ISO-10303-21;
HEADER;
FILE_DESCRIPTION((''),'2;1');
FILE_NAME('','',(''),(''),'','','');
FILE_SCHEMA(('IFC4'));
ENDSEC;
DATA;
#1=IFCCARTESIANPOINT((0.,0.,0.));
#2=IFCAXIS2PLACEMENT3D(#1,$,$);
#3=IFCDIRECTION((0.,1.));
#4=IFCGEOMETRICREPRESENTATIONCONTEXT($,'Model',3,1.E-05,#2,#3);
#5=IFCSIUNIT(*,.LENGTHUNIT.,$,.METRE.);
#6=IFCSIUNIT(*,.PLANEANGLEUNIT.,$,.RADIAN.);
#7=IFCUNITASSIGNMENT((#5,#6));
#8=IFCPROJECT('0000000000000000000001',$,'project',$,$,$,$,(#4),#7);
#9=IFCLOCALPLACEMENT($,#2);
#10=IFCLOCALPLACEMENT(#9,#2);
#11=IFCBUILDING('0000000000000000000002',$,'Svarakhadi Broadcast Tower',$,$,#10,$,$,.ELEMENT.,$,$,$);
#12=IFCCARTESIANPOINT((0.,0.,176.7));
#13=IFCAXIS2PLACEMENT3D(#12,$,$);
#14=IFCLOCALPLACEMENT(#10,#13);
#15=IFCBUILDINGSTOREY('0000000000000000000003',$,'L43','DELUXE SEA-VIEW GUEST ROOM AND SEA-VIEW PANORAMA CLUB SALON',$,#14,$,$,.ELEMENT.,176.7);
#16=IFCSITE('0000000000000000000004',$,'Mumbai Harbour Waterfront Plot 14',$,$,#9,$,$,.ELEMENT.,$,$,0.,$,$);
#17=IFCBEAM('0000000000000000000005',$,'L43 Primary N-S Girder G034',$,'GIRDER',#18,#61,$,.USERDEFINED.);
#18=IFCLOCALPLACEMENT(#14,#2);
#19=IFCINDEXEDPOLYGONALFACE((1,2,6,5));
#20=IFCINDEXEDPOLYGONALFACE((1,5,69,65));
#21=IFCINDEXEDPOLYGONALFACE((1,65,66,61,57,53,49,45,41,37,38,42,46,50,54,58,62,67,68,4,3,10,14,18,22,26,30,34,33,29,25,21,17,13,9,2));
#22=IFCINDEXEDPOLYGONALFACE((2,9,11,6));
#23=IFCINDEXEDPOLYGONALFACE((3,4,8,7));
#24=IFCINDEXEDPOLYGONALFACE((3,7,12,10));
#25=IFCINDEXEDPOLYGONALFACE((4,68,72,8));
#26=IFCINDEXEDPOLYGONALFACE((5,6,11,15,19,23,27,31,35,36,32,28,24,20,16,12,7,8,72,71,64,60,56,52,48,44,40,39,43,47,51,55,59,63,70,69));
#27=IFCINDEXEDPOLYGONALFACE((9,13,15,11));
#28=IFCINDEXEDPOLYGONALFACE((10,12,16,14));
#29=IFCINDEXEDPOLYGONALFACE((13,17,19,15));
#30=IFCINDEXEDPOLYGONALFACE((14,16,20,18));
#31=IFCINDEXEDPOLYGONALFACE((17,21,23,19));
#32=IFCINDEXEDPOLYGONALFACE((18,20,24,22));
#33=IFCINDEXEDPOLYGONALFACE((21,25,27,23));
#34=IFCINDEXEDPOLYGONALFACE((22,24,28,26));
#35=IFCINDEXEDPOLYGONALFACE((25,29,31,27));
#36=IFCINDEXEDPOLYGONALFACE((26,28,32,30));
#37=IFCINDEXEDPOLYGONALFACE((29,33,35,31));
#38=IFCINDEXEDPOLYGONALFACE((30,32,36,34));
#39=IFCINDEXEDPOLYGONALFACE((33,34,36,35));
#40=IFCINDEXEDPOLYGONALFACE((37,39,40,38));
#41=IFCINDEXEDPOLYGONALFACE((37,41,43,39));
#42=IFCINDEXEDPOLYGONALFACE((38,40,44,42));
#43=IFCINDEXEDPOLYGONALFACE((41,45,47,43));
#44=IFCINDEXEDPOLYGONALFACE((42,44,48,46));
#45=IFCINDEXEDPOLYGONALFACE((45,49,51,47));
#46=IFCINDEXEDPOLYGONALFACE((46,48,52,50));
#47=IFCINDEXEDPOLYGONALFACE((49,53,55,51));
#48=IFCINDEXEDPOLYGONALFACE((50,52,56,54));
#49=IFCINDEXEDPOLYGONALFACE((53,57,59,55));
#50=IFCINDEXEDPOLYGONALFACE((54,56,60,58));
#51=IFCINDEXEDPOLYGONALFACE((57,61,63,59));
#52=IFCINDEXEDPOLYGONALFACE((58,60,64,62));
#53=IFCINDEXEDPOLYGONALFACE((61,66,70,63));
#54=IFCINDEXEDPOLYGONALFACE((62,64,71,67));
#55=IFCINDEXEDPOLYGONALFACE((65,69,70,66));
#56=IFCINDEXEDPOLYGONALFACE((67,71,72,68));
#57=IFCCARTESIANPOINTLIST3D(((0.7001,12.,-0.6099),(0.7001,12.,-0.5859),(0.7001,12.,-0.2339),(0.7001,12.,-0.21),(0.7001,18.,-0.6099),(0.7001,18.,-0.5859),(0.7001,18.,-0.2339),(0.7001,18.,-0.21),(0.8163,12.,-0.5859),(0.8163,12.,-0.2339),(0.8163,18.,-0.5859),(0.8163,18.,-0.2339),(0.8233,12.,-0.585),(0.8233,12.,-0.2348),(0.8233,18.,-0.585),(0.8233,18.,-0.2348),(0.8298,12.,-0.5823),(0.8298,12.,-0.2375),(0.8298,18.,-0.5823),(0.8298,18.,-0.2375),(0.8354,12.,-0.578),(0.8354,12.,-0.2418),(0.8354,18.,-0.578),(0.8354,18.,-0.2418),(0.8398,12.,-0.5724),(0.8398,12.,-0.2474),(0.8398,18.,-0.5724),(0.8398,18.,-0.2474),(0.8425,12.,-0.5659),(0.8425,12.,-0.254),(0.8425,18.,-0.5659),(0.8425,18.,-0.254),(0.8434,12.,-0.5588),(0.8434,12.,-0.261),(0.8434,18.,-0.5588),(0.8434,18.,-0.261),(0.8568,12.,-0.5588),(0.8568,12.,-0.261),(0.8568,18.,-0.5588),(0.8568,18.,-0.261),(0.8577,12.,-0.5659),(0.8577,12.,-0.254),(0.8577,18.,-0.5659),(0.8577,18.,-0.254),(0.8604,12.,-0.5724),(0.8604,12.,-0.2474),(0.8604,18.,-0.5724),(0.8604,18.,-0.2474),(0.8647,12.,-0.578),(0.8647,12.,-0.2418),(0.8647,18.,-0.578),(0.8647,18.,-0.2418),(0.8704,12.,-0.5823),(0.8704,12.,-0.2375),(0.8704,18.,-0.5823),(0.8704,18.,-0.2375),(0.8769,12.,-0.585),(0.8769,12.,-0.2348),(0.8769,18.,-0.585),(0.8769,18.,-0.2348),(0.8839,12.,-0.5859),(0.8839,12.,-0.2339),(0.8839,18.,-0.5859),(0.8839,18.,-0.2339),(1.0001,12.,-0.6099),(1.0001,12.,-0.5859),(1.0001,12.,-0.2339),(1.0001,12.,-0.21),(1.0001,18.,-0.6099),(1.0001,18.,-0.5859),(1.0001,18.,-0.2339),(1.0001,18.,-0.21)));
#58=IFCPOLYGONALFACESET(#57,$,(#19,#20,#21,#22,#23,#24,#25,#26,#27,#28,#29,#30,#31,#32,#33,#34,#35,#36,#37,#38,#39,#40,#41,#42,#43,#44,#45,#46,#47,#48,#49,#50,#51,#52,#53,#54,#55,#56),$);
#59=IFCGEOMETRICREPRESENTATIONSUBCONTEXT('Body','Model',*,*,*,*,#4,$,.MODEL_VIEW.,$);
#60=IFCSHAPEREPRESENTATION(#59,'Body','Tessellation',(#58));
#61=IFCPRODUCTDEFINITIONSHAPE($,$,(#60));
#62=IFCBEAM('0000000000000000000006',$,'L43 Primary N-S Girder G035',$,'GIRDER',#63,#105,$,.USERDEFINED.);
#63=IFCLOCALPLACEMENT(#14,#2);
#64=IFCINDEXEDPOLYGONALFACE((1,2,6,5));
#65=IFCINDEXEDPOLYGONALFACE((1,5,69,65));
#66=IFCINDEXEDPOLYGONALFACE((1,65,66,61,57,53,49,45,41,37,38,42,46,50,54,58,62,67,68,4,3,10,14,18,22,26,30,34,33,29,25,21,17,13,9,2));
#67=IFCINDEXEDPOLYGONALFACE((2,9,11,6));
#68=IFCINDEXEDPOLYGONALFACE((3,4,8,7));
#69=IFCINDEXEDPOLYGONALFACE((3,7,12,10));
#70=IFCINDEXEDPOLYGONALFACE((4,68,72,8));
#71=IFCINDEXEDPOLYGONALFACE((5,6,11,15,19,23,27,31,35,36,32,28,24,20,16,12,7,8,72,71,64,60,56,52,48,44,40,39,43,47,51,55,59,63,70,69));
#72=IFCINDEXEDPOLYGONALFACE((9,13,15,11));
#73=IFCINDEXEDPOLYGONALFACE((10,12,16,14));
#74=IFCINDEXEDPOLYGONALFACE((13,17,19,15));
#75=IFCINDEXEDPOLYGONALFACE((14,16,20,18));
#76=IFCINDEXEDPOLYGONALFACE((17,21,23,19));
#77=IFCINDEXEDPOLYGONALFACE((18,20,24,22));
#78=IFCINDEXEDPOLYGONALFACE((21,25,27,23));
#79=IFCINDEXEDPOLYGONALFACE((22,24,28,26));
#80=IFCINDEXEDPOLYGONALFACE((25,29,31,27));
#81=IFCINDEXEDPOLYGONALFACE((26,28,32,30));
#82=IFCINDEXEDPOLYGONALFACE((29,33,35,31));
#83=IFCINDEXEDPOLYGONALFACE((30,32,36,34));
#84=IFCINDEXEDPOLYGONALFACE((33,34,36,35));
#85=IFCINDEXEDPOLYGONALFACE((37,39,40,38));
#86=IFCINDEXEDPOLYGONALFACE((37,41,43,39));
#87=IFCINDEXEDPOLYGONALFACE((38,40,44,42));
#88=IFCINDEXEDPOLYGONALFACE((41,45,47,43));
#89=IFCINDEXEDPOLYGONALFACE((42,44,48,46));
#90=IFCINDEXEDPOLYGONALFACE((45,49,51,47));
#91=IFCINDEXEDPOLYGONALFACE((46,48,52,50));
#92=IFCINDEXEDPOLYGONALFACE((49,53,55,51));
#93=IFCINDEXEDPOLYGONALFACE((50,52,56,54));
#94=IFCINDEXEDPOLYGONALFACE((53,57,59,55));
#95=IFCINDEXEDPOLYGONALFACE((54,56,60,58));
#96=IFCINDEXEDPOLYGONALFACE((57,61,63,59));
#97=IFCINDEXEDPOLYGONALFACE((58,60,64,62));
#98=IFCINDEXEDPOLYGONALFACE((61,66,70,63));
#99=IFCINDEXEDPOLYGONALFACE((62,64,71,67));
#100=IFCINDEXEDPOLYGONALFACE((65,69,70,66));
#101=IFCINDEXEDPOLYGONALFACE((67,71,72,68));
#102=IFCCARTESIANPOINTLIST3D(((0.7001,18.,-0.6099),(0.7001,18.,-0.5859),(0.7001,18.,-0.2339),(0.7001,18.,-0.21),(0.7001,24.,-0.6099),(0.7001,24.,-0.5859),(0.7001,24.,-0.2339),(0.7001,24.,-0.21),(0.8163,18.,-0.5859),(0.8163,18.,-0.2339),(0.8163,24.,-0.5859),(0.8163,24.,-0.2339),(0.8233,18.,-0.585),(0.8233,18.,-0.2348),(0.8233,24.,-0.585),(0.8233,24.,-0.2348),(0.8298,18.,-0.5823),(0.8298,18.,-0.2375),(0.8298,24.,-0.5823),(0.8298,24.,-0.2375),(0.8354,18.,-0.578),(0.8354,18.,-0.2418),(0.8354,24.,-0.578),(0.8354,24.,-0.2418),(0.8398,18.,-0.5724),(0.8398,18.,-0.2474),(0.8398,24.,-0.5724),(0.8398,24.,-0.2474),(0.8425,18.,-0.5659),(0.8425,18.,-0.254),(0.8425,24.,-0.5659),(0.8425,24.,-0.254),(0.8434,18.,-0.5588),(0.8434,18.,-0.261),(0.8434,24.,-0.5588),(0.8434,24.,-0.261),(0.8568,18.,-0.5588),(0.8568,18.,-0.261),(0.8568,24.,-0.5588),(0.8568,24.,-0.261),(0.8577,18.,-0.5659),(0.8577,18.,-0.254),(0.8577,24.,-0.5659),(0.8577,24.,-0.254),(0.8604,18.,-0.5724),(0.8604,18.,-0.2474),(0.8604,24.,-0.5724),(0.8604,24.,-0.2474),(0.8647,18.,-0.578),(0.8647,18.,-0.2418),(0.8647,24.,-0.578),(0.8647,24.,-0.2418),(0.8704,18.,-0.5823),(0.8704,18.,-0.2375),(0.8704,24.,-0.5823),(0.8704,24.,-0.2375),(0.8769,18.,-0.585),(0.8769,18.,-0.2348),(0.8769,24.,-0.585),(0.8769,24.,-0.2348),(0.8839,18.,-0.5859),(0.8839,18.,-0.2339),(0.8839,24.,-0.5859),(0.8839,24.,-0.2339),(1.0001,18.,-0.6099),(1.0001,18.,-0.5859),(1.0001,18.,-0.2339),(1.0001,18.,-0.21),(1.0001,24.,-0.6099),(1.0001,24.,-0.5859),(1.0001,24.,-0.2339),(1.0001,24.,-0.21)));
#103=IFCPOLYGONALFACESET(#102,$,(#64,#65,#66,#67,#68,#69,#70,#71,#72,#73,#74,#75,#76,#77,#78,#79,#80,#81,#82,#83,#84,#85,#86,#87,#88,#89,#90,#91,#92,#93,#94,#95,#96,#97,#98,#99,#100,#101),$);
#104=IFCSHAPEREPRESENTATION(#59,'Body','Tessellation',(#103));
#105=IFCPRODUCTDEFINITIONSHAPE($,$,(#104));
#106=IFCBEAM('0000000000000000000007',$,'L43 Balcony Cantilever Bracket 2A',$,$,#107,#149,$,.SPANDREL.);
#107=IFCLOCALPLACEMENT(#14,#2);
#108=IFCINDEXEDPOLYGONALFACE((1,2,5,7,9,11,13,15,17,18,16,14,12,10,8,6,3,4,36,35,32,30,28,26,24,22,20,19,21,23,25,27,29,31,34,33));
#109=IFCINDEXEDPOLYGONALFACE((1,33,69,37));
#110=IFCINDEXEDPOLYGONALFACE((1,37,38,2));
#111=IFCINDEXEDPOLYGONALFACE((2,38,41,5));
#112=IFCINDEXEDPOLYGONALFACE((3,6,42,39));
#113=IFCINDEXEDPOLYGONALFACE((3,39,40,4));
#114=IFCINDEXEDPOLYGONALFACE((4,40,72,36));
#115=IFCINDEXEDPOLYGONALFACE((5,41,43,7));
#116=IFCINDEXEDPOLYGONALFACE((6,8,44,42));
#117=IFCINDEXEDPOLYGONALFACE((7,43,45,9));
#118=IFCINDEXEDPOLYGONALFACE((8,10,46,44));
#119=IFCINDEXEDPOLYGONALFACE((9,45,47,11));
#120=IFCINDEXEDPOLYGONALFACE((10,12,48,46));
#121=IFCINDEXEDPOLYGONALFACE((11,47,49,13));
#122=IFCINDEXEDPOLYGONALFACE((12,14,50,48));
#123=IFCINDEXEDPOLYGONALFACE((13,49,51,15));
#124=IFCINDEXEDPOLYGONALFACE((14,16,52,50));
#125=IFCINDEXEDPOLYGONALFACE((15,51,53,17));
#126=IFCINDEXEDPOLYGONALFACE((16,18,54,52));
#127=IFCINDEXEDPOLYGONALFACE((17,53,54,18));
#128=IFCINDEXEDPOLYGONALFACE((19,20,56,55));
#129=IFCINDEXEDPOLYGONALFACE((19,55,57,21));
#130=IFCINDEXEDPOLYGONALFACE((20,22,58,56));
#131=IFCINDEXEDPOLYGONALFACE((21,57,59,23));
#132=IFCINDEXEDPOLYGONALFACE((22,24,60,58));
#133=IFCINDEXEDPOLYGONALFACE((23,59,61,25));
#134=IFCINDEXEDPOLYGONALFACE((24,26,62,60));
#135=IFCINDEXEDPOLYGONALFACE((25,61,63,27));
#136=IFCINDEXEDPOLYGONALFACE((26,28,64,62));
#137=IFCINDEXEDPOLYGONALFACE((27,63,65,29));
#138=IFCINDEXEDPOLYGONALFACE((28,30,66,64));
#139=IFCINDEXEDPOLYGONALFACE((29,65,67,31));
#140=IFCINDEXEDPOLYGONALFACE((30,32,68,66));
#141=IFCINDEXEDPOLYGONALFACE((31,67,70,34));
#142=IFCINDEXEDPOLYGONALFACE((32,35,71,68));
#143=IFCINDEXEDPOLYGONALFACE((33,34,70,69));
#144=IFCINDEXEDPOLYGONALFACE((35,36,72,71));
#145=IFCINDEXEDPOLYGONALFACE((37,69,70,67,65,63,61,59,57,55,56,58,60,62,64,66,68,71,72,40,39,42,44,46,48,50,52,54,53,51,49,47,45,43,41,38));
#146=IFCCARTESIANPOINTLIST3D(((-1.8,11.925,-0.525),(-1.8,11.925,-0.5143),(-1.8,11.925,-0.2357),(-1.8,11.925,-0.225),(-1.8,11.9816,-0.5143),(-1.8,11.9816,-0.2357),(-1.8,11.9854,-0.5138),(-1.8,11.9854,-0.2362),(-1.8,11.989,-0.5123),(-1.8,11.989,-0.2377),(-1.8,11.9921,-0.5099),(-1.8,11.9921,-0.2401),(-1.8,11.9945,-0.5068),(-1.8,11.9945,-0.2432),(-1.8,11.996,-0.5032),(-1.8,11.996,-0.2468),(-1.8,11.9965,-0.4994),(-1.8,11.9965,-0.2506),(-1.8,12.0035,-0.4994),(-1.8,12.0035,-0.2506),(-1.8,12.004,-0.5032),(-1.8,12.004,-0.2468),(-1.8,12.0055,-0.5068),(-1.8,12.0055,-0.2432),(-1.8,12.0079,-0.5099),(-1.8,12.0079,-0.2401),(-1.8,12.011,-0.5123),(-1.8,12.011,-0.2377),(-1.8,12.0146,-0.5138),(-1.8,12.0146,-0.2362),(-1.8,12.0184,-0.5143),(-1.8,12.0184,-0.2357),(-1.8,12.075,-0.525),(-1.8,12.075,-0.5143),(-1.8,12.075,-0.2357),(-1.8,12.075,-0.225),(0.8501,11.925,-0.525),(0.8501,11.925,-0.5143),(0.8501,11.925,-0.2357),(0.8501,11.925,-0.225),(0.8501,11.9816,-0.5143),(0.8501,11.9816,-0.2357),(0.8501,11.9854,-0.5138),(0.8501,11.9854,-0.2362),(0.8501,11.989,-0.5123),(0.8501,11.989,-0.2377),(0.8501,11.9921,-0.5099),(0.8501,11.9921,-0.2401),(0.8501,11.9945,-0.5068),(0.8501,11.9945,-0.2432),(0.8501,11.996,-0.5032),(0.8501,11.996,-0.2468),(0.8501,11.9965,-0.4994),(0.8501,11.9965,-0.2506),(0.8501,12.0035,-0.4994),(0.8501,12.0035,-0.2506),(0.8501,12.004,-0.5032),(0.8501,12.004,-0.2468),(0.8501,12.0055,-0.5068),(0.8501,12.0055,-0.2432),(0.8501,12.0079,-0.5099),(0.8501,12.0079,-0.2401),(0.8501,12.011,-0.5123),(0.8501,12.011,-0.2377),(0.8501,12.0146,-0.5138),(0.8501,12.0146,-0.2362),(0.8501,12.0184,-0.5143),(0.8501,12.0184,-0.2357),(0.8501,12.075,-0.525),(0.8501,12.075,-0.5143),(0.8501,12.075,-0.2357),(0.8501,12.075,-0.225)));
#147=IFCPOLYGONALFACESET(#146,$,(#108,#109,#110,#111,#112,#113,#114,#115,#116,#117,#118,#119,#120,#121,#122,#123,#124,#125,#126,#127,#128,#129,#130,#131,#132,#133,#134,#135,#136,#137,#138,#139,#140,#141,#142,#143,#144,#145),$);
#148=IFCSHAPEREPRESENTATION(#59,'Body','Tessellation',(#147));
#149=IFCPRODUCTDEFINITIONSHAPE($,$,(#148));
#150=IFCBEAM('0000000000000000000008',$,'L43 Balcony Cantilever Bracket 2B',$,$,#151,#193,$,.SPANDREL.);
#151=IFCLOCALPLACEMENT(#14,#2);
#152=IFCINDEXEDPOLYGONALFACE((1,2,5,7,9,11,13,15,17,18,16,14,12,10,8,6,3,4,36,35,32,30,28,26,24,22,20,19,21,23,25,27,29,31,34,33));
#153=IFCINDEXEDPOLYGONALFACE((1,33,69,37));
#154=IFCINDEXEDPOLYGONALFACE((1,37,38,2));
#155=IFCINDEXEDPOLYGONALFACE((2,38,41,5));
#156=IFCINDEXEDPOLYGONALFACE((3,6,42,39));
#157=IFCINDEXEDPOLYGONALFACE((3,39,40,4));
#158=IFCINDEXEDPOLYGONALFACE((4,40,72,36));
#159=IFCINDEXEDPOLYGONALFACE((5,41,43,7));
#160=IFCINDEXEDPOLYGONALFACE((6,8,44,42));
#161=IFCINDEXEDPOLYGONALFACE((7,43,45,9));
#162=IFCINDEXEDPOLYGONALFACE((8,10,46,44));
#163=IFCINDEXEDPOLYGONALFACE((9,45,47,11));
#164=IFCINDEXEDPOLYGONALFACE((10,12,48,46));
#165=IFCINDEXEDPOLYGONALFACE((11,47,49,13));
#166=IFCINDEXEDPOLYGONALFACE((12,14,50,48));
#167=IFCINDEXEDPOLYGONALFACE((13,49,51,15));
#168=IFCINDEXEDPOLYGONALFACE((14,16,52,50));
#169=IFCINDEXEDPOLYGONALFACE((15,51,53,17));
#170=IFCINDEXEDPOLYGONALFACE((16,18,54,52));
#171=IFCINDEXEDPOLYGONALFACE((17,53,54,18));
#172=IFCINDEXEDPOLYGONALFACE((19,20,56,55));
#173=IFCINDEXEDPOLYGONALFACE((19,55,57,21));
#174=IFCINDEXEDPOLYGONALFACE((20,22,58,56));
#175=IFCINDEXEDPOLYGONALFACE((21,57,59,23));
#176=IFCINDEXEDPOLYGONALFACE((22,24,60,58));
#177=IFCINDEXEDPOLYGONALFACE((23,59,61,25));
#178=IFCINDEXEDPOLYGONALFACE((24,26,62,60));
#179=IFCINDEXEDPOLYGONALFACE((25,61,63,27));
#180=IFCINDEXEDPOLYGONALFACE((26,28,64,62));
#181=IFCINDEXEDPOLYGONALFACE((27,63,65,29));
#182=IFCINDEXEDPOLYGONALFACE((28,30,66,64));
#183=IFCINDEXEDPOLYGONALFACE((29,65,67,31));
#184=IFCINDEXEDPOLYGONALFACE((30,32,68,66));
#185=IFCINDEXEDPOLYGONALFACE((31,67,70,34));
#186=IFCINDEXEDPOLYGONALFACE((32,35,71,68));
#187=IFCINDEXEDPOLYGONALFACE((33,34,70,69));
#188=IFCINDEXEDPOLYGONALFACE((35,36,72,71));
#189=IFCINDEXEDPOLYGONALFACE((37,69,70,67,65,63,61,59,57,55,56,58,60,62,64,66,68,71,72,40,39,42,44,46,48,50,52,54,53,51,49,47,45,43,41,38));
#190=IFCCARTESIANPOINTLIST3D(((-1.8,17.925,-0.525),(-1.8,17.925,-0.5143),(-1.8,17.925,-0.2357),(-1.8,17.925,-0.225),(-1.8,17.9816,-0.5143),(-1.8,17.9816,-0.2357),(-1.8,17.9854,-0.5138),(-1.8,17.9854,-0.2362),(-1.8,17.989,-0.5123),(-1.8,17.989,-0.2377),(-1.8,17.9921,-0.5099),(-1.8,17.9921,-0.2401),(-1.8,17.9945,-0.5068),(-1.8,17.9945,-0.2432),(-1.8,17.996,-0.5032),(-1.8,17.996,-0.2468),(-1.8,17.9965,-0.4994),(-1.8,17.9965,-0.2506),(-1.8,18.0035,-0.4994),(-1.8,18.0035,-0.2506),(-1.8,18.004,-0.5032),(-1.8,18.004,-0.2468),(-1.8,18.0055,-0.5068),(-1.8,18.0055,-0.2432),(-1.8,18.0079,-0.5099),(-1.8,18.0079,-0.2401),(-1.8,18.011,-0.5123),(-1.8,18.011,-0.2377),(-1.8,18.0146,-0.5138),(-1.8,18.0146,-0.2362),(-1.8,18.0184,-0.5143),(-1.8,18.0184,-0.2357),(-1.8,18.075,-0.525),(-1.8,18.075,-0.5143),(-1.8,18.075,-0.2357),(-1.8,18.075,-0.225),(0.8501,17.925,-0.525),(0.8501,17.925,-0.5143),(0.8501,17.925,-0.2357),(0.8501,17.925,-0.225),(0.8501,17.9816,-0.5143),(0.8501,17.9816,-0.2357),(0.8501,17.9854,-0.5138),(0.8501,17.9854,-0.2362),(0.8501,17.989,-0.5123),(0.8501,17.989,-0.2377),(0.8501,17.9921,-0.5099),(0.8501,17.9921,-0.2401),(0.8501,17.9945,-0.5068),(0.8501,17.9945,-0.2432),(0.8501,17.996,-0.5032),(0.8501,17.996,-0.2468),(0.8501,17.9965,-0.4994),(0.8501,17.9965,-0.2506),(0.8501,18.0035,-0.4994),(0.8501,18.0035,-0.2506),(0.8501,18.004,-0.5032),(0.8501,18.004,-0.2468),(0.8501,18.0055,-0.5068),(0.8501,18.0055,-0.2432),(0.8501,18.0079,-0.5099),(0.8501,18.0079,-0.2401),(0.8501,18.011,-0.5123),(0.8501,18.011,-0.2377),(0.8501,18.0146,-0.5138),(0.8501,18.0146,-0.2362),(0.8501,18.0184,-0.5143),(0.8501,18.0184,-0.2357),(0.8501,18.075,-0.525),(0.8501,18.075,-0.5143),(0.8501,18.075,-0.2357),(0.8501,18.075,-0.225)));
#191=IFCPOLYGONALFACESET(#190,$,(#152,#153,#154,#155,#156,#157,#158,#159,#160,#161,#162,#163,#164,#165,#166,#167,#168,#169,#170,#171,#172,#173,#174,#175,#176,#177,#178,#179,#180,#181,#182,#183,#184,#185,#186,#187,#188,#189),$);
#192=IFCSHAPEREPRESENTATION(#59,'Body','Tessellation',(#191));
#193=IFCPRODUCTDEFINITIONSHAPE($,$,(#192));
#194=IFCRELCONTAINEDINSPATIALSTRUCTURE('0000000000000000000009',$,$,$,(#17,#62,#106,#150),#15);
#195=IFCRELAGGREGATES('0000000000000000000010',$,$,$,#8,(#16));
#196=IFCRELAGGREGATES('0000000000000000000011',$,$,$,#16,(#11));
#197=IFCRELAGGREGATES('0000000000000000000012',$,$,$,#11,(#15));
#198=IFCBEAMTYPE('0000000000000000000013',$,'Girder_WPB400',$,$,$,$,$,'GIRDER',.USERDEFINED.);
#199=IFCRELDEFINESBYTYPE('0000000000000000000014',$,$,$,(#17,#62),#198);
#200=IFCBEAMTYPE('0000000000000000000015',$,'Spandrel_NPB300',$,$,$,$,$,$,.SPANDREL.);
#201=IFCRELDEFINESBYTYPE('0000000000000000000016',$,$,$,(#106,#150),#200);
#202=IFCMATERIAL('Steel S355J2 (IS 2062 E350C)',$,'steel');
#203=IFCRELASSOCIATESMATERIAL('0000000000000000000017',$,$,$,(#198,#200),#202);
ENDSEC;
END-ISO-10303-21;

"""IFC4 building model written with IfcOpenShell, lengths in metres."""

from ifc_helpers import new_model, si_unit, direction, frame, origin, origin_2d, place, context, subcontext, project, spatial, i_section, extrude, material, material_profile, profile_set, type_object, element, save


model = new_model("IFC4")

# Units and contexts
model_context = context("Model", 3, precision=1e-05, world=origin(), true_north=direction((0.0, 1.0)))
body_context = subcontext(model_context, "Body", "Model", "MODEL_VIEW")
ifc_project = project(units=[si_unit("LENGTHUNIT", "METRE"), si_unit("PLANEANGLEUNIT", "RADIAN")], contexts=[model_context])

# Site, building, storey
site_placement = place(None, origin())
site = spatial("IfcSite", under=ifc_project, at=site_placement, Name="Mumbai Harbour Waterfront Plot 14", CompositionType="ELEMENT", RefElevation=0.0)
building_placement = place(site_placement, origin())
building = spatial("IfcBuilding", under=site, at=building_placement, Name="Svarakhadi Broadcast Tower", CompositionType="ELEMENT")
storey_placement = place(building_placement, frame((0.0, 0.0, 176.7)))
storey = spatial("IfcBuildingStorey", under=building, at=storey_placement, Name="L43", Description="DELUXE SEA-VIEW GUEST ROOM AND SEA-VIEW PANORAMA CLUB SALON", CompositionType="ELEMENT", Elevation=176.7)

# Shared definitions
ifc_material_1 = material(Name="Steel S355J2 (IS 2062 E350C)", Category="steel")

# Beams
ifc_material_profile_1 = material_profile(ifc_material_1, i_section(OverallWidth=0.3, OverallDepth=0.3999, WebThickness=0.0134, FlangeThickness=0.0239, FilletRadius=0.0271, at=origin_2d()), Name="WPB 400x300x155")
ifc_profile_set_1 = profile_set([ifc_material_profile_1], Name="Steel S355J2 (IS 2062 E350C)")
beam_type_1 = type_object("IfcBeamType", Name="Girder_WPB400", ElementType="GIRDER", PredefinedType="USERDEFINED", material=ifc_profile_set_1)
for number, where, z_axis, x_axis, name in (
    (1, (0.8501, 12.0, -0.4099), (0.0, 1.0, 0.0), (-1.0, 0.0, 0.0), "L43 Primary N-S Girder G034"),
    (2, (0.8501, 18.0, -0.4099), (0.0, 1.0, 0.0), (-1.0, 0.0, 0.0), "L43 Primary N-S Girder G035"),
):
    element("IfcBeam", number, at=place(storey_placement, frame(where, z_axis=z_axis, x_axis=x_axis)), inside=storey, type_object=beam_type_1, Name=name, ObjectType="GIRDER", PredefinedType="USERDEFINED", context=body_context, shape_type="SweptSolid", body=[
        extrude(i_section(OverallWidth=0.3, OverallDepth=0.3999, WebThickness=0.0134, FlangeThickness=0.0239, FilletRadius=0.0271, at=origin_2d()), origin(), (0.0, 0.0, 1.0), 6.0),
    ])
ifc_material_profile_2 = material_profile(ifc_material_1, i_section(OverallWidth=0.1499, OverallDepth=0.3, WebThickness=0.0071, FlangeThickness=0.0107, FilletRadius=0.0149, at=origin_2d()), Name="NPB 300x150x37")
ifc_profile_set_2 = profile_set([ifc_material_profile_2], Name="Steel S355J2 (IS 2062 E350C)")
beam_type_2 = type_object("IfcBeamType", Name="Spandrel_NPB300", PredefinedType="SPANDREL", material=ifc_profile_set_2)
for number, where, z_axis, x_axis, name in (
    (3, (0.8501, 12.0, -0.375), (-1.0, 0.0, 0.0), (0.0, -1.0, 0.0), "L43 Balcony Cantilever Bracket 2A"),
    (4, (0.8501, 18.0, -0.375), (-1.0, 0.0, 0.0), (0.0, -1.0, 0.0), "L43 Balcony Cantilever Bracket 2B"),
):
    element("IfcBeam", number, at=place(storey_placement, frame(where, z_axis=z_axis, x_axis=x_axis)), inside=storey, type_object=beam_type_2, Name=name, PredefinedType="SPANDREL", context=body_context, shape_type="SweptSolid", body=[
        extrude(i_section(OverallWidth=0.1499, OverallDepth=0.3, WebThickness=0.0071, FlangeThickness=0.0107, FilletRadius=0.0149, at=origin_2d()), origin(), (0.0, 0.0, 1.0), 2.6501),
    ])

save(model, "model.ifc")
